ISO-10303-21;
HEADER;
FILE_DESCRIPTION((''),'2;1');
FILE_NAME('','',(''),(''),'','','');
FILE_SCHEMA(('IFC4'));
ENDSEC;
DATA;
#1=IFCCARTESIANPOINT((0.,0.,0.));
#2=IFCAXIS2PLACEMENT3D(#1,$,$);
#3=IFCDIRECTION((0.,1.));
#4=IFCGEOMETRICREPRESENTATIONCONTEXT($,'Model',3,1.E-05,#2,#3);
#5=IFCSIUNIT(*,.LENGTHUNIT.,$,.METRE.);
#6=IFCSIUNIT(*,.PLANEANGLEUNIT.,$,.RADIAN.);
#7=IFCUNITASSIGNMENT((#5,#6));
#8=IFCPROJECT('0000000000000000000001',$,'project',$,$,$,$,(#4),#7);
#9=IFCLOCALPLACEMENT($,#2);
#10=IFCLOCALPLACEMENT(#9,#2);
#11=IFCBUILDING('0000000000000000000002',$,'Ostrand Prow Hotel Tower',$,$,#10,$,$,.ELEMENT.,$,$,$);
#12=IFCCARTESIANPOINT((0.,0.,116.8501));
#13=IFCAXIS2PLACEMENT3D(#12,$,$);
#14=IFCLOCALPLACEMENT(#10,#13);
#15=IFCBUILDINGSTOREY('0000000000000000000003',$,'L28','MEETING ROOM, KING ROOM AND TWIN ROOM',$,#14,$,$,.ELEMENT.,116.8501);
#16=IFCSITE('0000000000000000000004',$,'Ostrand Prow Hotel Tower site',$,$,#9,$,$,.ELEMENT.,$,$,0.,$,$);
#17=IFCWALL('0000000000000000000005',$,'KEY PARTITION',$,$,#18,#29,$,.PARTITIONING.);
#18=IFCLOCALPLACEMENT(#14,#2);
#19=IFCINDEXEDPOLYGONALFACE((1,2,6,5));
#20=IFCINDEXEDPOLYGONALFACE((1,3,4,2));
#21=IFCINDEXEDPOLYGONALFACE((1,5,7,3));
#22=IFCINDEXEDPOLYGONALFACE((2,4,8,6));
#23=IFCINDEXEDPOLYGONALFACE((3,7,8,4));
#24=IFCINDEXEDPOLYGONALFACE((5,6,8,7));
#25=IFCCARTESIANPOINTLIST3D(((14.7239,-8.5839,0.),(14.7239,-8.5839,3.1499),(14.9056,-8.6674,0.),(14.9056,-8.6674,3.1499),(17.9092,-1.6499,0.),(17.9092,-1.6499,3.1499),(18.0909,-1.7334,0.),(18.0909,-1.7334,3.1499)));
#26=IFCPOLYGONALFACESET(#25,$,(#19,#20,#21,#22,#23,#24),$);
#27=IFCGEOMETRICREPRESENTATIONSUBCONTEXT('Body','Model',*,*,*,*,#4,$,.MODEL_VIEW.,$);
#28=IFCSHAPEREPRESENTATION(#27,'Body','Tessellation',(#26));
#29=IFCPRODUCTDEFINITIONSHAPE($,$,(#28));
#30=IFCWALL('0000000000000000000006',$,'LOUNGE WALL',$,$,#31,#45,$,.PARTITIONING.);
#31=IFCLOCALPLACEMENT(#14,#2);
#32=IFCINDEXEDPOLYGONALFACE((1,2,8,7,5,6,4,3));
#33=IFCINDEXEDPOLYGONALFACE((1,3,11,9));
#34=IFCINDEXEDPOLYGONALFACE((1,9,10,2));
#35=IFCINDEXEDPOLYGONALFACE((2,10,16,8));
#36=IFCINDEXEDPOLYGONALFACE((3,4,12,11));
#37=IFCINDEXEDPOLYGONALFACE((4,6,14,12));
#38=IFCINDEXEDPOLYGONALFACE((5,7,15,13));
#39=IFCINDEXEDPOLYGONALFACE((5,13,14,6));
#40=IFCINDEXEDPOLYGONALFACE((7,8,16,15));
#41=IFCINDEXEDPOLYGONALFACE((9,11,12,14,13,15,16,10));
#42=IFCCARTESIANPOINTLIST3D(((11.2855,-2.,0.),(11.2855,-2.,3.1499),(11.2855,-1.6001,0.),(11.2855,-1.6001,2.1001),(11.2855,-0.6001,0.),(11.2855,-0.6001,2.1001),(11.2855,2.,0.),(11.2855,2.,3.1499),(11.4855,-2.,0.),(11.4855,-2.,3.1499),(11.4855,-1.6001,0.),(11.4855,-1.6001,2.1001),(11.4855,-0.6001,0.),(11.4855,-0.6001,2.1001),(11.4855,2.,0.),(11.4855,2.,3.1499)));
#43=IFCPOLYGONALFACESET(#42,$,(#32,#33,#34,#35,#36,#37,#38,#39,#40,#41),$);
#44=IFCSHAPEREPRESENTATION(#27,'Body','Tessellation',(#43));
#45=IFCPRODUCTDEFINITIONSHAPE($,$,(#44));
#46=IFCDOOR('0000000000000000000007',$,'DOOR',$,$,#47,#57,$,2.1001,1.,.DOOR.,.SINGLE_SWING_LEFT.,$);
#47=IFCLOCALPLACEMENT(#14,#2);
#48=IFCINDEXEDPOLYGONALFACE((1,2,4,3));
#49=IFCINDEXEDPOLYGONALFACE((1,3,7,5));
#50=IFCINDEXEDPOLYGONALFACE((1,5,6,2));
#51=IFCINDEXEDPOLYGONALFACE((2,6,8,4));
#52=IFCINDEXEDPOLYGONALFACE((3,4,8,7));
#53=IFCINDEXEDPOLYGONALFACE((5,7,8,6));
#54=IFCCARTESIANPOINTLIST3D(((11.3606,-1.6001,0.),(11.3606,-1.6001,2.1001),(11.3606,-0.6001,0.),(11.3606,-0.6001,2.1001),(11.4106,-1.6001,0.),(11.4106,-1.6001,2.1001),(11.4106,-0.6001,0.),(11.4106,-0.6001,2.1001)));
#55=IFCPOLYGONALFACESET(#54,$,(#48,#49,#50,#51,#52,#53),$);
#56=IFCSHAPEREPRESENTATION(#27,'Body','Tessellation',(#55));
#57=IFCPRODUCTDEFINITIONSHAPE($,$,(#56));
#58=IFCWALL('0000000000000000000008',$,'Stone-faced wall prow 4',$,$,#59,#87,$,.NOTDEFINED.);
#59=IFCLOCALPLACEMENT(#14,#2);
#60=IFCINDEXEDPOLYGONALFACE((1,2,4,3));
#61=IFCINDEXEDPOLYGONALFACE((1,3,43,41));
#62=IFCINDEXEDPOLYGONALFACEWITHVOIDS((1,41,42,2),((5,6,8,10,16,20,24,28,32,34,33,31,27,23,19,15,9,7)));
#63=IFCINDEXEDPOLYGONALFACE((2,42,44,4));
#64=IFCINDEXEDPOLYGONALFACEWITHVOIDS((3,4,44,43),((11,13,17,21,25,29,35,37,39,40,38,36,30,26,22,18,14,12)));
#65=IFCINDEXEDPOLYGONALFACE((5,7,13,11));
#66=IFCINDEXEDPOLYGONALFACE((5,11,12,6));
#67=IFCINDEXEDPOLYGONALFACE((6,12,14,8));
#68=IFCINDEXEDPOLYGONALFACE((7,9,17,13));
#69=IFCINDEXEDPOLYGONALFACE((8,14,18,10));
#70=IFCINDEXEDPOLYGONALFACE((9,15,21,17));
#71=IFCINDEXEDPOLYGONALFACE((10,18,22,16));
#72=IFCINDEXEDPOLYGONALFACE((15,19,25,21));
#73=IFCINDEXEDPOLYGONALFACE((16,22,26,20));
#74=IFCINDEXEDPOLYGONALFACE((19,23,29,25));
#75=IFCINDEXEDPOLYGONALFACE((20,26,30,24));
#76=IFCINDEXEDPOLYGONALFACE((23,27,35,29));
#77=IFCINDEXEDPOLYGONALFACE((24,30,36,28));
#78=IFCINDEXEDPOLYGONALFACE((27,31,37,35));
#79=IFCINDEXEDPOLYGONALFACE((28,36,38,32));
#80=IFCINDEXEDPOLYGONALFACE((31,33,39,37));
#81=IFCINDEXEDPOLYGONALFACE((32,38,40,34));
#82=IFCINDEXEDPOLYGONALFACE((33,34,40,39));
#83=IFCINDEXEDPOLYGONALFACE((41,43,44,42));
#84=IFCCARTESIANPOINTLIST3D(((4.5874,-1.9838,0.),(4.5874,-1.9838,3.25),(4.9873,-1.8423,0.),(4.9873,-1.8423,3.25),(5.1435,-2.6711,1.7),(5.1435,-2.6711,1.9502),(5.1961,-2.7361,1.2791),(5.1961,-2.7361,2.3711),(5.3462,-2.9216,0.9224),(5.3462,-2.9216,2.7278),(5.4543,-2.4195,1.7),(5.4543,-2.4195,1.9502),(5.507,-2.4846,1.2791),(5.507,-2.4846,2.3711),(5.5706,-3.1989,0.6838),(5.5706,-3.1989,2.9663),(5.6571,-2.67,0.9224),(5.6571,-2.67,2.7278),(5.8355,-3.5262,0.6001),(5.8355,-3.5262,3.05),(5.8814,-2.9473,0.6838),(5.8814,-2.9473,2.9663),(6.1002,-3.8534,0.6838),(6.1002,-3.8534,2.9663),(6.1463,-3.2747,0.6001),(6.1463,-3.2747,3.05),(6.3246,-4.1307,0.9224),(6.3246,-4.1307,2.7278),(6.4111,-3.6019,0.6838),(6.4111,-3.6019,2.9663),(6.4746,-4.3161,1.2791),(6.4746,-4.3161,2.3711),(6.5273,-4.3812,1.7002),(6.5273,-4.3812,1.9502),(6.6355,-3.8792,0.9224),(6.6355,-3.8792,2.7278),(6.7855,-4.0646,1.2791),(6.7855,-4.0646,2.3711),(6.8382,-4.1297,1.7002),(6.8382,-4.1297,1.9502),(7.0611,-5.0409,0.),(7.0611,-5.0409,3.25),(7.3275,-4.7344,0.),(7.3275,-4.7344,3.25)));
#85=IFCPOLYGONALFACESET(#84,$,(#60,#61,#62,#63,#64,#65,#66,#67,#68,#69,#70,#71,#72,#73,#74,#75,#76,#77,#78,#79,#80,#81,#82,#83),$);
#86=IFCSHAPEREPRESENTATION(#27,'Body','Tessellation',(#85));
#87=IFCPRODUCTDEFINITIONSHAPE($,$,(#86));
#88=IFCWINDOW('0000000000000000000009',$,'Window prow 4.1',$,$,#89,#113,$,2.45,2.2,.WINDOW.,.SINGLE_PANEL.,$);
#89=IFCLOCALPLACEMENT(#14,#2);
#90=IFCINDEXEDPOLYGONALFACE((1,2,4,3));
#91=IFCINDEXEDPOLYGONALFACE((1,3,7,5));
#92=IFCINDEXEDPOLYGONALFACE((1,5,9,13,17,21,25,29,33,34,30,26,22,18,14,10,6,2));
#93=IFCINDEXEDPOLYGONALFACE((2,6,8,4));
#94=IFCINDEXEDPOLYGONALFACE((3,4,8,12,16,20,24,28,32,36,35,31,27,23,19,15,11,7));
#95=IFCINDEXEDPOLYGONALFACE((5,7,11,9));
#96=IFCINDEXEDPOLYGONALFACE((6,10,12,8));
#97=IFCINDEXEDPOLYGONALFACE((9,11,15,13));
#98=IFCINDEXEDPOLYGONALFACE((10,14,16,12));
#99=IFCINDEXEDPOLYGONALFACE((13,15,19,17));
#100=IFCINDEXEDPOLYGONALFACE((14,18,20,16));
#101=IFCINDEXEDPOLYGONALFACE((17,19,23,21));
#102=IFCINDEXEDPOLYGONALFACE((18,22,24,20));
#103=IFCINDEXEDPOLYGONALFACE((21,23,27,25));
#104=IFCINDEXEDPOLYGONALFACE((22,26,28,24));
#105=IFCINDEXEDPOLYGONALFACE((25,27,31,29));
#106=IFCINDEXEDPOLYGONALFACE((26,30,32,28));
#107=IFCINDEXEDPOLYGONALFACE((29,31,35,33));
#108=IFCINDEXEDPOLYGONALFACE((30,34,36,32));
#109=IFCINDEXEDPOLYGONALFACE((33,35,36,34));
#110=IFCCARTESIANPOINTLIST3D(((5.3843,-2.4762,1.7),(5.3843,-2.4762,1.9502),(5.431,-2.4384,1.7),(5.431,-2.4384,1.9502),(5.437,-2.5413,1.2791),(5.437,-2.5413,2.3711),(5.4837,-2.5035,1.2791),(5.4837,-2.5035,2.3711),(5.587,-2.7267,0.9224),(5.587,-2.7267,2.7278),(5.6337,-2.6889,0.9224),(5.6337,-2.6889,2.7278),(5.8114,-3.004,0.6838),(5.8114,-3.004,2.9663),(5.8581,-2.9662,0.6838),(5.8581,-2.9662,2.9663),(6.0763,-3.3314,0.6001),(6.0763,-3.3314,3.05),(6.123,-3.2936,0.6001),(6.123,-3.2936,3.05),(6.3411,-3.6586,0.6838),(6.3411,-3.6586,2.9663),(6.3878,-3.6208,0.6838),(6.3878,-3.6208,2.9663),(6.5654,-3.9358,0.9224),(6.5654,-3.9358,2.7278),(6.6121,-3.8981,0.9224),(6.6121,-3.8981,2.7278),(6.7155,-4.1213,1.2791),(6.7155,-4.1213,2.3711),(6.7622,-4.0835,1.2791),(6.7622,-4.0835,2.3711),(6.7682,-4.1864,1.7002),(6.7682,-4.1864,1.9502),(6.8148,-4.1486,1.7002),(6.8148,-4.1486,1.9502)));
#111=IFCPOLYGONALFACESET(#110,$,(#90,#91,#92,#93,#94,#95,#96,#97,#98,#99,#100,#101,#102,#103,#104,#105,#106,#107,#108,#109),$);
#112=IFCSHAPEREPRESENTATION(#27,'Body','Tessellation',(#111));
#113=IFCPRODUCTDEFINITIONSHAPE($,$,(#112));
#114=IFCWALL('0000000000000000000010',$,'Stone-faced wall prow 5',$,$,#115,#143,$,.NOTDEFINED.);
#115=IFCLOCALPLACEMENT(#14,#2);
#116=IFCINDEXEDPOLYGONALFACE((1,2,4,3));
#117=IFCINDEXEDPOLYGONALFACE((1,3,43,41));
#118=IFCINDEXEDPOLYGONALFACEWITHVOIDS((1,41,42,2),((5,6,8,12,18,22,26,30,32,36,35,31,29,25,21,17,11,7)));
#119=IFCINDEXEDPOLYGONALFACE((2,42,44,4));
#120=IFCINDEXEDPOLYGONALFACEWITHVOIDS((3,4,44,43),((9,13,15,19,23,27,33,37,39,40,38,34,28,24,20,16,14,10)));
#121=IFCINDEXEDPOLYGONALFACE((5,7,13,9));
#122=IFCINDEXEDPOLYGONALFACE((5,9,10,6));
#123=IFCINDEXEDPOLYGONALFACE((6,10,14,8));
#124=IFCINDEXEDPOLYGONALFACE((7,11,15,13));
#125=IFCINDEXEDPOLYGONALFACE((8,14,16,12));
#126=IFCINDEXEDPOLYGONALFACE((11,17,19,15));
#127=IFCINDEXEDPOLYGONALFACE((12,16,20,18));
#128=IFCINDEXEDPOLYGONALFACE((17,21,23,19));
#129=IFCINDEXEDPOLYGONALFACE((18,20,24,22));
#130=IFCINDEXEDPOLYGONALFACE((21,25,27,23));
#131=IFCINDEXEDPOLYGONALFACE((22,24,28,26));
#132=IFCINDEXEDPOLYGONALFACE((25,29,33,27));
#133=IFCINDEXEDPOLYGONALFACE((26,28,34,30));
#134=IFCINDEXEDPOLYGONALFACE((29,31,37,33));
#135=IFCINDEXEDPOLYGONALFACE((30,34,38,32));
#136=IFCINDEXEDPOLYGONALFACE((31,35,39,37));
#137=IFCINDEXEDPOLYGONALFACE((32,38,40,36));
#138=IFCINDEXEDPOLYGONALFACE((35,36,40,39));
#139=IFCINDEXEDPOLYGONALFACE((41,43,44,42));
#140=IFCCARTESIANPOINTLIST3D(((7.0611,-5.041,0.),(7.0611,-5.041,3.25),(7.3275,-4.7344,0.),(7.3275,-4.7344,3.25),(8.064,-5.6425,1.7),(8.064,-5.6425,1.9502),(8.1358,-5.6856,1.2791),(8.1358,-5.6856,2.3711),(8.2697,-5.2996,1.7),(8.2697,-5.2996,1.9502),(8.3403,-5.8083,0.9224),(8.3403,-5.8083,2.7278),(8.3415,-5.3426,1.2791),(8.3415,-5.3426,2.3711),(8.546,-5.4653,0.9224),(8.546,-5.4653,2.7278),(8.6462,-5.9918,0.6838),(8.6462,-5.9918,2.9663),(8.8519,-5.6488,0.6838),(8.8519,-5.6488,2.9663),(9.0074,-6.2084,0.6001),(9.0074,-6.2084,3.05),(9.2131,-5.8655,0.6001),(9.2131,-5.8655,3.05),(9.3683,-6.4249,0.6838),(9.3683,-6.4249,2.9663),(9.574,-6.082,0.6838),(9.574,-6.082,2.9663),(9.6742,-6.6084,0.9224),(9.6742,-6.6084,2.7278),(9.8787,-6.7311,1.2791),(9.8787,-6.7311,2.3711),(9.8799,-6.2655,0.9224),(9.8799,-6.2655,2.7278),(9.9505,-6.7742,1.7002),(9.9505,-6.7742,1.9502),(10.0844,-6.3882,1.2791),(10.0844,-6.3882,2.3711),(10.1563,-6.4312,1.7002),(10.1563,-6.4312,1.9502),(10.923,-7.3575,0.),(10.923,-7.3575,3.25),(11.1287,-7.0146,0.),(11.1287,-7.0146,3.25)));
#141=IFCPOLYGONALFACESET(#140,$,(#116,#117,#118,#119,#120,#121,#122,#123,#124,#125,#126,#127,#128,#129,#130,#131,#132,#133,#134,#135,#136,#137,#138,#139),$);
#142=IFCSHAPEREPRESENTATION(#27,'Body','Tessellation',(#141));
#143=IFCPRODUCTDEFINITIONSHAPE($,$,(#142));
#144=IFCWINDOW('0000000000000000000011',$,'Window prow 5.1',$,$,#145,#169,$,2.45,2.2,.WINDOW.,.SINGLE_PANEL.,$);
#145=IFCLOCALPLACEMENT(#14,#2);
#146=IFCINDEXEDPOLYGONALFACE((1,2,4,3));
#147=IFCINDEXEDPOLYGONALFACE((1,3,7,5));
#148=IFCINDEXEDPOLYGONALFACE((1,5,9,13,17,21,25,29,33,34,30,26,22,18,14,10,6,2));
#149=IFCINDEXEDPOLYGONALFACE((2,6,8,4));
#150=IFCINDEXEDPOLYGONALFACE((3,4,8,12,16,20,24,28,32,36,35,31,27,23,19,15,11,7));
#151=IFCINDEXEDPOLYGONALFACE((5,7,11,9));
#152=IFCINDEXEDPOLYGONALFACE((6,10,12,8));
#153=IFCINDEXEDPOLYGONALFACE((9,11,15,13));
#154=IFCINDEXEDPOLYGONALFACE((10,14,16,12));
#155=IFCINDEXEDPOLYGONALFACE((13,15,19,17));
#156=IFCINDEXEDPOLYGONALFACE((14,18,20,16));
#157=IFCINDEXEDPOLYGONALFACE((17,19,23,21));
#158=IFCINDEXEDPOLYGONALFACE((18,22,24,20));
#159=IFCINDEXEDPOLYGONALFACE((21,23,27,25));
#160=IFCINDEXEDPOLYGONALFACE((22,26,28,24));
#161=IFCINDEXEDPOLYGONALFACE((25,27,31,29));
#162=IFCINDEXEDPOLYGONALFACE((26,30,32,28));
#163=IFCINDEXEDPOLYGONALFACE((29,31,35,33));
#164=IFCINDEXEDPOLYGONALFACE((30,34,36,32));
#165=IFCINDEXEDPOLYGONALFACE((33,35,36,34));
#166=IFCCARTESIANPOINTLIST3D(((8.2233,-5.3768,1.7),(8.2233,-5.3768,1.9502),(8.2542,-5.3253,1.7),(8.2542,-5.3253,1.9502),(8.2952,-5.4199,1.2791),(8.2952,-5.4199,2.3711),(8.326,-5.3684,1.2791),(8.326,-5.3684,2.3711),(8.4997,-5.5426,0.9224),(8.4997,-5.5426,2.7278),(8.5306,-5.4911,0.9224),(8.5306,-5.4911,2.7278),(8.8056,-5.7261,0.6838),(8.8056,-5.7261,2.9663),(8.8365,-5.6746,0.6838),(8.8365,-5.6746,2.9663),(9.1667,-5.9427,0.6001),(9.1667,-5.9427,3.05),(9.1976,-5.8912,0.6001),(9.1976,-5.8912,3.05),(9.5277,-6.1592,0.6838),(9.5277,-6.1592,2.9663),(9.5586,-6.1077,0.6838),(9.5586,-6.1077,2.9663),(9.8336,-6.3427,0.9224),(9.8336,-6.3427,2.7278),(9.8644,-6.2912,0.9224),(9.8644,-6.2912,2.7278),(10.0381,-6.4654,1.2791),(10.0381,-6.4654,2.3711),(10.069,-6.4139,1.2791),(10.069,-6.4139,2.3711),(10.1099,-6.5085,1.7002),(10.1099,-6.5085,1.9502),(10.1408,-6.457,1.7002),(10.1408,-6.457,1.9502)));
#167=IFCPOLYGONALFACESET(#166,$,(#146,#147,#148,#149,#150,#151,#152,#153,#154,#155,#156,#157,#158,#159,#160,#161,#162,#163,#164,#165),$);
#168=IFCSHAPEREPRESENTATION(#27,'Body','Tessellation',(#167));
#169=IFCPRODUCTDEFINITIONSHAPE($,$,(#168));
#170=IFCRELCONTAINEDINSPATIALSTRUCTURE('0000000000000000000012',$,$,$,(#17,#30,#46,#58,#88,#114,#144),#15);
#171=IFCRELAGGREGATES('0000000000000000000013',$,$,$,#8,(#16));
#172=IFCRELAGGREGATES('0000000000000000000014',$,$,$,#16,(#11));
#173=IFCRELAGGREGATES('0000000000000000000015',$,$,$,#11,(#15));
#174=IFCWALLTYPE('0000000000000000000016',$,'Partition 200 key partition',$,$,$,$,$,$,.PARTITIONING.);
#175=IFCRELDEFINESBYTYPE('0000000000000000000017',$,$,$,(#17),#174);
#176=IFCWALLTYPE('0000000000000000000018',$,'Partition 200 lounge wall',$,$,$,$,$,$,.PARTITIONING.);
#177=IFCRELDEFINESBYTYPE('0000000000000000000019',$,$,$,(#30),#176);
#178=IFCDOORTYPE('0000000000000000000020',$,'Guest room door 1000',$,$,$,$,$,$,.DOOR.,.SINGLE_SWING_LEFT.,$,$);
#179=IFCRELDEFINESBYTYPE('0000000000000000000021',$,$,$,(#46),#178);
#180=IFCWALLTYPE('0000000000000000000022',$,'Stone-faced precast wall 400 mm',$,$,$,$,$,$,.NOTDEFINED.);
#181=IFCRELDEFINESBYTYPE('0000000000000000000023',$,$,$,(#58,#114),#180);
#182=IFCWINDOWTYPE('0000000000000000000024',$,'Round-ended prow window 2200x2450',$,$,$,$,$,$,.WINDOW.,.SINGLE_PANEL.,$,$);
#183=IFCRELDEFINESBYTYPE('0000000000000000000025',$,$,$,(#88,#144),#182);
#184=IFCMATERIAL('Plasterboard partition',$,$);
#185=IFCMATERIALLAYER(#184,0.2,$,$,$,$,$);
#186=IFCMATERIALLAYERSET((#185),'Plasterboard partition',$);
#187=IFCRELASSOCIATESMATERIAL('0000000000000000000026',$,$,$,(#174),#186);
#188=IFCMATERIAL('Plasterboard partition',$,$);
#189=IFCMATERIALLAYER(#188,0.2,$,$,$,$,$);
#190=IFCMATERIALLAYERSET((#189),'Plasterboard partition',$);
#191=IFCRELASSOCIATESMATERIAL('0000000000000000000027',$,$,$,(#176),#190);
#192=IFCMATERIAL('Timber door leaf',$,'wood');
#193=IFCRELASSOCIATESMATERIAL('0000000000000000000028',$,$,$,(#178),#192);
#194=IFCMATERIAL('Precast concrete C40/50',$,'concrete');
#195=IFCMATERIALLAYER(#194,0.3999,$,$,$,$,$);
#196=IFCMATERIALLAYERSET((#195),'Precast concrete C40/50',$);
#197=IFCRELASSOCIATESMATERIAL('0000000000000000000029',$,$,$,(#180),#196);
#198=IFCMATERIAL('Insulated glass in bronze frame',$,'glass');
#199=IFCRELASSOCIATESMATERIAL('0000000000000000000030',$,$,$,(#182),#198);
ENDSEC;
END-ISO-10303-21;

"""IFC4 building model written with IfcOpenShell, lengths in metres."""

from ifc_helpers import new_model, si_unit, direction, frame, frame_2d, origin, place, context, subcontext, project, spatial, polyline, rectangle, outline, extrude, material, layer, layer_set, type_object, element, fill, save


model = new_model("IFC4")

# Units and contexts
model_context = context("Model", 3, precision=1e-05, world=origin(), true_north=direction((0.0, 1.0)))
body_context = subcontext(model_context, "Body", "Model", "MODEL_VIEW")
ifc_project = project(units=[si_unit("LENGTHUNIT", "METRE"), si_unit("PLANEANGLEUNIT", "RADIAN")], contexts=[model_context])

# Site, building, storey
site_placement = place(None, origin())
site = spatial("IfcSite", under=ifc_project, at=site_placement, Name="Ostrand Prow Hotel Tower site", CompositionType="ELEMENT", RefElevation=0.0)
building_placement = place(site_placement, origin())
building = spatial("IfcBuilding", under=site, at=building_placement, Name="Ostrand Prow Hotel Tower", CompositionType="ELEMENT")
storey_placement = place(building_placement, frame((0.0, 0.0, 116.8501)))
storey = spatial("IfcBuildingStorey", under=building, at=storey_placement, Name="L28", Description="MEETING ROOM, KING ROOM AND TWIN ROOM", CompositionType="ELEMENT", Elevation=116.8501)

# Wall
ifc_material_1 = material(Name="Plasterboard partition")
ifc_layer_1 = layer(ifc_material_1, 0.2)
ifc_layer_set_1 = layer_set([ifc_layer_1], Name="Plasterboard partition")
wall_type_1 = type_object("IfcWallType", Name="Partition 200 key partition", PredefinedType="PARTITIONING", material=ifc_layer_set_1)
wall_1_placement = place(storey_placement, frame((14.8147, -8.6257, 0.0), z_axis=(0.0, 0.0, 1.0), x_axis=(0.417432, 0.908708, 0.0)))
element("IfcWall", 1, at=wall_1_placement, inside=storey, type_object=wall_type_1, Name="KEY PARTITION", PredefinedType="PARTITIONING", context=body_context, shape_type="SweptSolid", body=[
    extrude(rectangle(XDim=7.6306, YDim=0.2, at=frame_2d((3.8154, 0.0))), origin(), (0.0, 0.0, 1.0), 3.1499),
])

# Wall, opening, door
ifc_material_2 = material(Name="Plasterboard partition")
ifc_layer_2 = layer(ifc_material_2, 0.2)
ifc_layer_set_2 = layer_set([ifc_layer_2], Name="Plasterboard partition")
wall_type_2 = type_object("IfcWallType", Name="Partition 200 lounge wall", PredefinedType="PARTITIONING", material=ifc_layer_set_2)
wall_2_placement = place(storey_placement, frame((11.3855, -2.0, 0.0), z_axis=(0.0, 0.0, 1.0), x_axis=(0.0, 1.0, 0.0)))
wall_2 = element("IfcWall", 2, at=wall_2_placement, inside=storey, type_object=wall_type_2, Name="LOUNGE WALL", PredefinedType="PARTITIONING", context=body_context, shape_type="SweptSolid", body=[
    extrude(rectangle(XDim=4.0, YDim=0.2, at=frame_2d((2.0, 0.0))), origin(), (0.0, 0.0, 1.0), 3.1499),
])
opening_1_placement = place(wall_2_placement, frame((0.3999, 0.0, 0.0)))
opening_1 = element("IfcOpeningElement", 3, at=opening_1_placement, cuts=wall_2, PredefinedType="OPENING", context=body_context, shape_type="SweptSolid", body=[
    extrude(rectangle(XDim=1.0, YDim=2.1001, at=frame_2d((0.5, 1.05))), frame((0.0, 0.1099, 0.0), z_axis=(0.0, -1.0, 0.0), x_axis=(1.0, 0.0, 0.0)), (0.0, 0.0, 1.0), 0.22),
])
ifc_material_3 = material(Name="Timber door leaf", Category="wood")
door_type_1 = type_object("IfcDoorType", Name="Guest room door 1000", OperationType="SINGLE_SWING_LEFT", PredefinedType="DOOR", material=ifc_material_3)
door_1_placement = place(opening_1_placement, origin())
door_1 = element("IfcDoor", 4, at=door_1_placement, inside=storey, type_object=door_type_1, Name="DOOR", OperationType="SINGLE_SWING_LEFT", OverallHeight=2.1001, OverallWidth=1.0, PredefinedType="DOOR", context=body_context, shape_type="SweptSolid", body=[
    extrude(rectangle(XDim=1.0, YDim=2.1001, at=frame_2d((0.5, 1.05))), frame((0.0, 0.0249, 0.0), z_axis=(0.0, -1.0, 0.0), x_axis=(1.0, 0.0, 0.0)), (0.0, 0.0, 1.0), 0.05),
])
fill(opening_1, door_1)

# Walls, openings, windows
ifc_material_4 = material(Name="Precast concrete C40/50", Category="concrete")
ifc_layer_3 = layer(ifc_material_4, 0.3999)
ifc_layer_set_3 = layer_set([ifc_layer_3], Name="Precast concrete C40/50")
wall_type_3 = type_object("IfcWallType", Name="Stone-faced precast wall 400 mm", PredefinedType="NOTDEFINED", material=ifc_layer_set_3)
wall_3_placement = place(storey_placement, frame((4.7874, -1.9131, 0.0), z_axis=(0.0, 0.0, 1.0), x_axis=(0.629035, -0.777377, 0.0)))
wall_3 = element("IfcWall", 5, at=wall_3_placement, inside=storey, type_object=wall_type_3, Name="Stone-faced wall prow 4", PredefinedType="NOTDEFINED", context=body_context, shape_type="SweptSolid", body=[
    extrude(outline(polyline([(-0.0708, -0.2), (3.8618, -0.2), (3.791, 0.2), (0.0708, 0.2), (-0.0708, -0.2)])), origin(), (0.0, 0.0, 1.0), 3.25),
])
opening_2_placement = place(wall_3_placement, frame((0.8132, 0.0, 0.6001)))
opening_2 = element("IfcOpeningElement", 6, at=opening_2_placement, cuts=wall_3, PredefinedType="OPENING", context=body_context, shape_type="SweptSolid", body=[
    extrude(outline(polyline([(0.0, 1.3501), (0.0837, 1.771), (0.3223, 2.1277), (0.679, 2.3662), (1.1001, 2.45), (1.521, 2.3662), (1.8777, 2.1277), (2.1162, 1.771), (2.2, 1.3501), (2.2, 1.1001), (2.1162, 0.679), (1.8777, 0.3223), (1.521, 0.0837), (1.1001, 0.0), (0.679, 0.0837), (0.3223, 0.3223), (0.0837, 0.679), (0.0, 1.0999), (0.0, 1.3501)])), frame((0.0, 0.21, 0.0), z_axis=(0.0, -1.0, 0.0), x_axis=(1.0, 0.0, 0.0)), (0.0, 0.0, 1.0), 0.4199),
])
ifc_material_5 = material(Name="Insulated glass in bronze frame", Category="glass")
window_type = type_object("IfcWindowType", Name="Round-ended prow window 2200x2450", PartitioningType="SINGLE_PANEL", PredefinedType="WINDOW", material=ifc_material_5)
window_1_placement = place(opening_2_placement, origin())
window_1 = element("IfcWindow", 7, at=window_1_placement, inside=storey, type_object=window_type, Name="Window prow 4.1", OverallHeight=2.45, OverallWidth=2.2, PartitioningType="SINGLE_PANEL", PredefinedType="WINDOW", context=body_context, shape_type="SweptSolid", body=[
    extrude(outline(polyline([(0.0, 1.3501), (0.0837, 1.771), (0.3223, 2.1277), (0.679, 2.3662), (1.1001, 2.45), (1.521, 2.3662), (1.8777, 2.1277), (2.1162, 1.771), (2.2, 1.3501), (2.2, 1.1001), (2.1162, 0.679), (1.8777, 0.3223), (1.521, 0.0837), (1.1001, 0.0), (0.679, 0.0837), (0.3223, 0.3223), (0.0837, 0.679), (0.0, 1.0999), (0.0, 1.3501)])), frame((0.0, 0.1699, 0.0), z_axis=(0.0, -1.0, 0.0), x_axis=(1.0, 0.0, 0.0)), (0.0, 0.0, 1.0), 0.0601),
])
fill(opening_2, window_1)
wall_4_placement = place(storey_placement, frame((7.1943, -4.8877, 0.0), z_axis=(0.0, 0.0, 1.0), x_axis=(0.857551, -0.514399, 0.0)))
wall_4 = element("IfcWall", 8, at=wall_4_placement, inside=storey, type_object=wall_type_3, Name="Stone-faced wall prow 5", PredefinedType="NOTDEFINED", context=body_context, shape_type="SweptSolid", body=[
    extrude(outline(polyline([(-0.0354, -0.2), (4.468, -0.2), (4.468, 0.2), (0.0354, 0.2), (-0.0354, -0.2)])), origin(), (0.0, 0.0, 1.0), 3.25),
])
opening_3_placement = place(wall_4_placement, frame((1.134, 0.0, 0.6001)))
opening_3 = element("IfcOpeningElement", 9, at=opening_3_placement, cuts=wall_4, PredefinedType="OPENING", context=body_context, shape_type="SweptSolid", body=[
    extrude(outline(polyline([(0.0, 1.3501), (0.0837, 1.771), (0.3223, 2.1277), (0.679, 2.3662), (1.1001, 2.45), (1.521, 2.3662), (1.8777, 2.1277), (2.1162, 1.771), (2.2, 1.3501), (2.2, 1.1001), (2.1162, 0.679), (1.8777, 0.3223), (1.521, 0.0837), (1.1001, 0.0), (0.679, 0.0837), (0.3223, 0.3223), (0.0837, 0.679), (0.0, 1.0999), (0.0, 1.3501)])), frame((0.0, 0.21, 0.0), z_axis=(0.0, -1.0, 0.0), x_axis=(1.0, 0.0, 0.0)), (0.0, 0.0, 1.0), 0.4199),
])
window_2_placement = place(opening_3_placement, origin())
window_2 = element("IfcWindow", 10, at=window_2_placement, inside=storey, type_object=window_type, Name="Window prow 5.1", OverallHeight=2.45, OverallWidth=2.2, PartitioningType="SINGLE_PANEL", PredefinedType="WINDOW", context=body_context, shape_type="SweptSolid", body=[
    extrude(outline(polyline([(0.0, 1.3501), (0.0837, 1.771), (0.3223, 2.1277), (0.679, 2.3662), (1.1001, 2.45), (1.521, 2.3662), (1.8777, 2.1277), (2.1162, 1.771), (2.2, 1.3501), (2.2, 1.1001), (2.1162, 0.679), (1.8777, 0.3223), (1.521, 0.0837), (1.1001, 0.0), (0.679, 0.0837), (0.3223, 0.3223), (0.0837, 0.679), (0.0, 1.0999), (0.0, 1.3501)])), frame((0.0, 0.1699, 0.0), z_axis=(0.0, -1.0, 0.0), x_axis=(1.0, 0.0, 0.0)), (0.0, 0.0, 1.0), 0.0601),
])
fill(opening_3, window_2)

save(model, "model.ifc")
